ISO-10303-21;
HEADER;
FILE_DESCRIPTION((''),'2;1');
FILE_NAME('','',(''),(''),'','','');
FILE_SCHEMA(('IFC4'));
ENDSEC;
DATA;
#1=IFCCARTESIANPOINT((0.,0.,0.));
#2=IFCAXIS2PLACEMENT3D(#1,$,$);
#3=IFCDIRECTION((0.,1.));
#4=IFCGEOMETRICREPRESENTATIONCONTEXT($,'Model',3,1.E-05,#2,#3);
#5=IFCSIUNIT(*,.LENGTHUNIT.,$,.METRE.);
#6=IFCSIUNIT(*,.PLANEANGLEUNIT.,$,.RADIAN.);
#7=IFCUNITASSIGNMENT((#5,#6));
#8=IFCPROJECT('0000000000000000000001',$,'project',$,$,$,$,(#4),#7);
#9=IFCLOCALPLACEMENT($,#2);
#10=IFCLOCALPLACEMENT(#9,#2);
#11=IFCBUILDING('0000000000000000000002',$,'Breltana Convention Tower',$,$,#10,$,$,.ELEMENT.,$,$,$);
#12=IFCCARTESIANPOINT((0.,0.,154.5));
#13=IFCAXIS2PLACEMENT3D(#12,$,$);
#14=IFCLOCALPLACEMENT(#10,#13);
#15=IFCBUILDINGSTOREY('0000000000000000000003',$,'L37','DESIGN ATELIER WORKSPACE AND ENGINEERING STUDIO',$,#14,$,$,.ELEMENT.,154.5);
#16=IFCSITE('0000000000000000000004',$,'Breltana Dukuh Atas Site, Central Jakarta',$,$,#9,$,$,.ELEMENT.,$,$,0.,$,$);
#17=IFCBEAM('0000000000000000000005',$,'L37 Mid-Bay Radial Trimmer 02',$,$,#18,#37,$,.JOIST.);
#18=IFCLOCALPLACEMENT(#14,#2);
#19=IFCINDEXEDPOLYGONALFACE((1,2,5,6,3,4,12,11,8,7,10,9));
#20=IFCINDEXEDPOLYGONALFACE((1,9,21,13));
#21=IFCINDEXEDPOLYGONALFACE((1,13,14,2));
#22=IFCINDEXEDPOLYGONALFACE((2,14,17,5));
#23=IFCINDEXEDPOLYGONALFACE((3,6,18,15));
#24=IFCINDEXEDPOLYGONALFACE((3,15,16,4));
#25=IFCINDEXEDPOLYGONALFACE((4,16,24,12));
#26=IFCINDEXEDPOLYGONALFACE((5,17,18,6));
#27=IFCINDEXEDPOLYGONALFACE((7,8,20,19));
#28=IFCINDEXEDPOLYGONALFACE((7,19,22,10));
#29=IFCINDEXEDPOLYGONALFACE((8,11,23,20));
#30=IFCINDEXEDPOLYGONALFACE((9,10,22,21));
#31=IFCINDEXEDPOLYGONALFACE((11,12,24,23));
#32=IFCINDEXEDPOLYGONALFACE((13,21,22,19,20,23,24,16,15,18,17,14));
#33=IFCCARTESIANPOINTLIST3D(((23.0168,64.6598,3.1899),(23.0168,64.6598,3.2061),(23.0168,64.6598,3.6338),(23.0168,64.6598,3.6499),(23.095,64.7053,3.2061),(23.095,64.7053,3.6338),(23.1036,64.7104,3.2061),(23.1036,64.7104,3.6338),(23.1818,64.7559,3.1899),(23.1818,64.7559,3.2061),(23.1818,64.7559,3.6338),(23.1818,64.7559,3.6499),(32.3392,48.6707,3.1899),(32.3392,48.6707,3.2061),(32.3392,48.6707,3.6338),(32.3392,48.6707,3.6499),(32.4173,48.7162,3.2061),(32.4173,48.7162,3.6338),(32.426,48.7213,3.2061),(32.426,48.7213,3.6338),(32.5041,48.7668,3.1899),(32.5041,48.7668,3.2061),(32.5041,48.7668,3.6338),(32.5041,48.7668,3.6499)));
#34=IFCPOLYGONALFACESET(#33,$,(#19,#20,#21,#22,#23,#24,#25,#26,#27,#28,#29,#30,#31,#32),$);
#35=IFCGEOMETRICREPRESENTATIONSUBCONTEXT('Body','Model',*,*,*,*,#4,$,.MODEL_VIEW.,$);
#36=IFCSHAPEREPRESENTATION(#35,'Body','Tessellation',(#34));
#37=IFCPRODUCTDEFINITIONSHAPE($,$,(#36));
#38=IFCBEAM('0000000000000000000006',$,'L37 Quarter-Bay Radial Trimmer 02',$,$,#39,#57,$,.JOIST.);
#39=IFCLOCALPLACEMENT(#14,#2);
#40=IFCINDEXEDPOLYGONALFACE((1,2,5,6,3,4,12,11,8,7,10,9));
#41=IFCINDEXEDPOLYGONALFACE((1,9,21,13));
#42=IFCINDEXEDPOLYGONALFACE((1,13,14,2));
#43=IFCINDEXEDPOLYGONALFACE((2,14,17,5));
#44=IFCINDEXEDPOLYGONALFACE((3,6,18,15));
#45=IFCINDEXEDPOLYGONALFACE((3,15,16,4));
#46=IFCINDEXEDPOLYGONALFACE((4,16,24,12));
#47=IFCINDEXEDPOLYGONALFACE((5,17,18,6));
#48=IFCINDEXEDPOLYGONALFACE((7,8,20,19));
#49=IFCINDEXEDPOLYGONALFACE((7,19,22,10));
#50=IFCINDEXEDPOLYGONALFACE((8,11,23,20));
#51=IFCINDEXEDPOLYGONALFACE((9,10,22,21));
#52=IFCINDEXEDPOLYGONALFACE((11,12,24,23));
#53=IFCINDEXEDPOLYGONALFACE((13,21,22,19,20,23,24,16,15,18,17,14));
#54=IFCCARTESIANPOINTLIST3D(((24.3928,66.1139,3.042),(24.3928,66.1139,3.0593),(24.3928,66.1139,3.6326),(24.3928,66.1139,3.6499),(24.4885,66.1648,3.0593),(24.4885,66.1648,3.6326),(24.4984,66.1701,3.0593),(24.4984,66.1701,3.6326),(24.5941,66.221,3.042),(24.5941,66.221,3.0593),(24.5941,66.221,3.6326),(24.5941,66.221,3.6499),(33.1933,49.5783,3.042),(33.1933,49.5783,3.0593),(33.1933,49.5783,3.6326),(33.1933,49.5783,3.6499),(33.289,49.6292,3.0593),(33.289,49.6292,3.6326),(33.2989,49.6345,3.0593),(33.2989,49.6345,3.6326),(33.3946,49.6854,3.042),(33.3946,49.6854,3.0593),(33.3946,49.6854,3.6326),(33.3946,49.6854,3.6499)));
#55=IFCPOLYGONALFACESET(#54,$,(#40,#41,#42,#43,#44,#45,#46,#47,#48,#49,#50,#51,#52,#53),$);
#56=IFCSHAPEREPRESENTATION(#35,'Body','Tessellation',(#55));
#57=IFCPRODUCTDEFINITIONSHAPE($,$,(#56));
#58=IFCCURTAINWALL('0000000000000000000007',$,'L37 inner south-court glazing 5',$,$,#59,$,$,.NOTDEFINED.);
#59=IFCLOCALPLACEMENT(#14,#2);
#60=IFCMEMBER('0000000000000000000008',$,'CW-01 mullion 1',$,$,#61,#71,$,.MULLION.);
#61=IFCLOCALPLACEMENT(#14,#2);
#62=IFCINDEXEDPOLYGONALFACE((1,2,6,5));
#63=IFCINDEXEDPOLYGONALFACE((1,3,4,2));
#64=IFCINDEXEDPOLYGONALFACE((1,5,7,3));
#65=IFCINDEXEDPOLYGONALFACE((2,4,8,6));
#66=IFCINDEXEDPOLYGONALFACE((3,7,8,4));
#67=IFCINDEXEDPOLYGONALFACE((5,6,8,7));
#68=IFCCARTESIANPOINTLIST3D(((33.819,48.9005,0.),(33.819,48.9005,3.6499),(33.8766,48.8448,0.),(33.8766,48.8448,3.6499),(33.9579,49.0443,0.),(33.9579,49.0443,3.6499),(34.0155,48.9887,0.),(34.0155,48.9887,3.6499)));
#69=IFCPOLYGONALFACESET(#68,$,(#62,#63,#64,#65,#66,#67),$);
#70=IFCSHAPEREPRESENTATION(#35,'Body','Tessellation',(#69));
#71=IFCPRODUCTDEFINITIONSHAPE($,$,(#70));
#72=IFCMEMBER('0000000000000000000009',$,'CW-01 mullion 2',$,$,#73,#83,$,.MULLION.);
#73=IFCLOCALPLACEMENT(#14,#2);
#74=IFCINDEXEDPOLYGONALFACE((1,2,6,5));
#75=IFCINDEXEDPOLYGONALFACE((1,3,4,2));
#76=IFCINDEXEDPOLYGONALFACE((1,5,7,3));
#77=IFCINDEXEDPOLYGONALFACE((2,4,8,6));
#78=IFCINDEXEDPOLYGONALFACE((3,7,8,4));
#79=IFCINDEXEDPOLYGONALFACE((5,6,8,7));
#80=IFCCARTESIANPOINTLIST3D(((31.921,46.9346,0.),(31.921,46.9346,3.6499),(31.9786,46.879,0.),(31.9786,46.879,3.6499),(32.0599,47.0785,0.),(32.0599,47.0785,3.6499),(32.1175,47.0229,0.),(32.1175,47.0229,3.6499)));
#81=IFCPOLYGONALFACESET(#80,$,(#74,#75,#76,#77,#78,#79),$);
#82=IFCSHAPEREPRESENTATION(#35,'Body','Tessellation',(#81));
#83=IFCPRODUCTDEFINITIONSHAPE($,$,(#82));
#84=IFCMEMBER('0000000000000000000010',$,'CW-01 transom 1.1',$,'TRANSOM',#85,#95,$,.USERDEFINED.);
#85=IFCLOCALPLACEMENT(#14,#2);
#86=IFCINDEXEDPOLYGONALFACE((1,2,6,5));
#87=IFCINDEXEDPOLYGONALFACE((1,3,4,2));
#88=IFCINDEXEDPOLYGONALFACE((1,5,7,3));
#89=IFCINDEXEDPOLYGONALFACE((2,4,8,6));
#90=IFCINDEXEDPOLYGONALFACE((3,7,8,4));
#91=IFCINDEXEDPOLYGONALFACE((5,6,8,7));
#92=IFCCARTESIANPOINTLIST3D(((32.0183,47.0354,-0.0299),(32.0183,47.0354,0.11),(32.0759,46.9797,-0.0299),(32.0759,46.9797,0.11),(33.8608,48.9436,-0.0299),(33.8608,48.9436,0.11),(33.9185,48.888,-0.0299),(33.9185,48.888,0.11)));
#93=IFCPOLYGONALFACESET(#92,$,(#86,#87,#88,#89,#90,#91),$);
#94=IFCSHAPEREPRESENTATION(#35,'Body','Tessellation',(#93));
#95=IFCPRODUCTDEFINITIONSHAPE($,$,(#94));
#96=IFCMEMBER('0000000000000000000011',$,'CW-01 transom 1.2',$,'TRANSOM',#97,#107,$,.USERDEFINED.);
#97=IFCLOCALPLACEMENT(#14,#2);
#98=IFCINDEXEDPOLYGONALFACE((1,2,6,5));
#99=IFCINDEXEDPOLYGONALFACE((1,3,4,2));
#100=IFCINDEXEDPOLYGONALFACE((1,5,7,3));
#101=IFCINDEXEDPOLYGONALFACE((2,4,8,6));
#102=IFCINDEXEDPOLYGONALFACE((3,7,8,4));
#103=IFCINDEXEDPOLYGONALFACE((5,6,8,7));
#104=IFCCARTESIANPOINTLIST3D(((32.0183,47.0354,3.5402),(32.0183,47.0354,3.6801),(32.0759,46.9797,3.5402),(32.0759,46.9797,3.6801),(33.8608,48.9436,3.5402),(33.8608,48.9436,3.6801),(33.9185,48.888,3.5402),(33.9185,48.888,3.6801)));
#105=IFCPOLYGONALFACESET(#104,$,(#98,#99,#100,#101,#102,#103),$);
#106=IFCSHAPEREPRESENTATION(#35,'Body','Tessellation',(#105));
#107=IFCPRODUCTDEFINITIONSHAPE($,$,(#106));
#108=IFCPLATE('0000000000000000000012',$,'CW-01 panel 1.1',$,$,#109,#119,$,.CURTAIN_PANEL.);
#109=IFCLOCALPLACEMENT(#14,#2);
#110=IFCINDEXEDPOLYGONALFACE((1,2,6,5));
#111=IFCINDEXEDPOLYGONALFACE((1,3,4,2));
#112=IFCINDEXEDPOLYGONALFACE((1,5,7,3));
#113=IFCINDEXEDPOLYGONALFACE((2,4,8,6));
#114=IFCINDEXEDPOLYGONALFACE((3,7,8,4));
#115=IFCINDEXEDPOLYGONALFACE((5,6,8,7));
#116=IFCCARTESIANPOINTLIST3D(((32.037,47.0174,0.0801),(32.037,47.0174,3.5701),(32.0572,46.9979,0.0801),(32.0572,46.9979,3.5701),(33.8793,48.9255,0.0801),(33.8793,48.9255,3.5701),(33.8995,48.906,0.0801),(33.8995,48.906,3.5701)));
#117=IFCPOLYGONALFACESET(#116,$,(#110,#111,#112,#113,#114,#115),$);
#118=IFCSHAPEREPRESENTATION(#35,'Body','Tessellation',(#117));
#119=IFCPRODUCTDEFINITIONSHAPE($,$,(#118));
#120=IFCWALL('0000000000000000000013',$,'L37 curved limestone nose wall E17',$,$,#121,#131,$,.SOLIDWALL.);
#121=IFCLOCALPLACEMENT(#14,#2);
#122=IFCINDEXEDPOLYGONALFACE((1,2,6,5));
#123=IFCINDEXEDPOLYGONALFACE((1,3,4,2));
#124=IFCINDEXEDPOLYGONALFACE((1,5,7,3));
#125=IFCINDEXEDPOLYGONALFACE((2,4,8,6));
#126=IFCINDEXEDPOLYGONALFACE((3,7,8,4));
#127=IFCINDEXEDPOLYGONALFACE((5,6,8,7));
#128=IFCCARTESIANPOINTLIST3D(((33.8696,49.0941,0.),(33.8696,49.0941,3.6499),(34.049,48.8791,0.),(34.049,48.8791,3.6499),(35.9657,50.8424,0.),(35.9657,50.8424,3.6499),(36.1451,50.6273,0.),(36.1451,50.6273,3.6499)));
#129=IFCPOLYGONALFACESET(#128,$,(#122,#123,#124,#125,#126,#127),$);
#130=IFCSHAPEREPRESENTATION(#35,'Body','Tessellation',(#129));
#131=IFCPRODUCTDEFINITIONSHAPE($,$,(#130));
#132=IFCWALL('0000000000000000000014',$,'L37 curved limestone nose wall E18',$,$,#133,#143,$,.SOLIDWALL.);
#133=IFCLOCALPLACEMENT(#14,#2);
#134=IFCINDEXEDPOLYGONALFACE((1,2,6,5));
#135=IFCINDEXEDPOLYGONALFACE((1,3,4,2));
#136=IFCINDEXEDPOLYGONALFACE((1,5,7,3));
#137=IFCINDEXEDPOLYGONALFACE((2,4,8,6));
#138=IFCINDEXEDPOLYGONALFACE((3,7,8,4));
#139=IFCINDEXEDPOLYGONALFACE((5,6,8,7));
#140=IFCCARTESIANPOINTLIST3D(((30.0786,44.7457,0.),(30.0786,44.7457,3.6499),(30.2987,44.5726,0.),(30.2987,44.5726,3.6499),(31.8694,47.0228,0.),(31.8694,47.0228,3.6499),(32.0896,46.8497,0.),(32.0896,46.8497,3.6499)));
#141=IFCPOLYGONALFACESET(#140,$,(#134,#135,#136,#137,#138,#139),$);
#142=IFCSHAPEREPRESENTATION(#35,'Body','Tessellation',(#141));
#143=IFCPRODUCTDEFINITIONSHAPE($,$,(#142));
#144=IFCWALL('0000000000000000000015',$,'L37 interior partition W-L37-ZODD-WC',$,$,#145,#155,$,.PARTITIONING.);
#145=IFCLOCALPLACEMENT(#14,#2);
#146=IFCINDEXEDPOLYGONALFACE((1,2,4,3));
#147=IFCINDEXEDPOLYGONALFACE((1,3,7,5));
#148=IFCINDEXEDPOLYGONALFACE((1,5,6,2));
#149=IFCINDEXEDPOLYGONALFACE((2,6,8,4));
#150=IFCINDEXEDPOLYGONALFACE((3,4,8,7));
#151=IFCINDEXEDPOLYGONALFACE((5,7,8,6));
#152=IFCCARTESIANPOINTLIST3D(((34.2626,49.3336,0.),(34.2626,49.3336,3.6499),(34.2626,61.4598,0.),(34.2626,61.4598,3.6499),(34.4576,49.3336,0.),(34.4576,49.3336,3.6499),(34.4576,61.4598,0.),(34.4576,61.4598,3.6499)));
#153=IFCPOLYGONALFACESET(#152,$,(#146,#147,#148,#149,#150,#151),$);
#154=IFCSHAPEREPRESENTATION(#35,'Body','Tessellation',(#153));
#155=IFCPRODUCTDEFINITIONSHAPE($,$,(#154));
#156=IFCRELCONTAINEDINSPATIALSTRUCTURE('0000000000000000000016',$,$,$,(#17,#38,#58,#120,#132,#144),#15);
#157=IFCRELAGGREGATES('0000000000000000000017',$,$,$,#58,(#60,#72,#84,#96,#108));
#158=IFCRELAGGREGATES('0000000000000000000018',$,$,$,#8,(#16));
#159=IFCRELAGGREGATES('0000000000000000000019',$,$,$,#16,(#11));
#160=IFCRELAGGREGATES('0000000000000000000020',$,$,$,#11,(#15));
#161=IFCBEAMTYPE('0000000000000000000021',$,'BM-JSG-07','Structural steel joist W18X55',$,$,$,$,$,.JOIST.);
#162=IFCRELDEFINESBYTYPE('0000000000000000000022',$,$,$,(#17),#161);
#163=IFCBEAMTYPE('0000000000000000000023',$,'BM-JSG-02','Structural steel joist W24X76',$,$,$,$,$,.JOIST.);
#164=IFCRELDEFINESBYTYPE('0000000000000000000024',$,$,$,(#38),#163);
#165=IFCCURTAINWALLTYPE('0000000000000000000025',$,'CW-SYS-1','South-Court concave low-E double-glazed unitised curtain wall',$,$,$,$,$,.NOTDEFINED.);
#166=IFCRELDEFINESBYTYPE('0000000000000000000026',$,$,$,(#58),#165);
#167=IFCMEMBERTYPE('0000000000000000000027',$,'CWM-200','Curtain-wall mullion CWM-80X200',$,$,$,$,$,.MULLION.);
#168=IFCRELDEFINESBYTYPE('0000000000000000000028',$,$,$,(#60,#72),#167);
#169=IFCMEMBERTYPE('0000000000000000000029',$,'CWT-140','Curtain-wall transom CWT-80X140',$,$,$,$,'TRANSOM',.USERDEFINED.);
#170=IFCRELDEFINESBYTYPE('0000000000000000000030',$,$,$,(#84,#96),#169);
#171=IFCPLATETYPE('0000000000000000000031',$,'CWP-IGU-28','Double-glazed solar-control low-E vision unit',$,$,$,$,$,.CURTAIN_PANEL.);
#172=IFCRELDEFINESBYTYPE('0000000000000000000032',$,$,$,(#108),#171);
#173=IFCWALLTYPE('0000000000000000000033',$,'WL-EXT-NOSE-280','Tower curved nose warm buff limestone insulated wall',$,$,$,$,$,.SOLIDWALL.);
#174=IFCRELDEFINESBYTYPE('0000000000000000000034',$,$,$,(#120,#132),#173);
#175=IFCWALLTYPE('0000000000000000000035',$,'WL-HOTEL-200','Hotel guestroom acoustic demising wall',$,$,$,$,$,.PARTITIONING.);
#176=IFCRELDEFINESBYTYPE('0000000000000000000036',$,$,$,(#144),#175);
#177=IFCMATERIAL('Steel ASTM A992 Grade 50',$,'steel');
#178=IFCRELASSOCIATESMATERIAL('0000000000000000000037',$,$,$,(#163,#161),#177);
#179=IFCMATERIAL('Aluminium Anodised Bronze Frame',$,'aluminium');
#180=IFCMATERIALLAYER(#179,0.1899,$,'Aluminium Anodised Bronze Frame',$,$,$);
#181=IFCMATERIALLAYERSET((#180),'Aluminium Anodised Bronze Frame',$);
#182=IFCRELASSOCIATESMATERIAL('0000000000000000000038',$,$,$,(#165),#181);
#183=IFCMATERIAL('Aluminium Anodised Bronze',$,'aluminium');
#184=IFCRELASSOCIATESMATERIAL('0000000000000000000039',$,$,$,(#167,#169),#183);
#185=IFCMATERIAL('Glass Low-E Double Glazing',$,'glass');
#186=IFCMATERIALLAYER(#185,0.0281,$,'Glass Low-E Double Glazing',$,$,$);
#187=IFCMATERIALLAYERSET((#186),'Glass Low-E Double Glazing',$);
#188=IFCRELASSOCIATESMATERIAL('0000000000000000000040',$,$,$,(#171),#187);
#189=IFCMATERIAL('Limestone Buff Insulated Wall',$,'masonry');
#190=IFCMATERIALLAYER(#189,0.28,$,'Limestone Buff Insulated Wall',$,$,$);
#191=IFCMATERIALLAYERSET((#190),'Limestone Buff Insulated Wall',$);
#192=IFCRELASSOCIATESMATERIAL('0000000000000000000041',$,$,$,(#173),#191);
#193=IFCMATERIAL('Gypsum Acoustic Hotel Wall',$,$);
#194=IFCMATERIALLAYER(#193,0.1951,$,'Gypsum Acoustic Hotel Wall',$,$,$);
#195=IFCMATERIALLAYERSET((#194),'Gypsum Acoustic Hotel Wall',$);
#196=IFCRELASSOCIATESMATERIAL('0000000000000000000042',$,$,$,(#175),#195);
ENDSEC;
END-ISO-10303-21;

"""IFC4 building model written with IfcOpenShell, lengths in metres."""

from ifc_helpers import new_model, si_unit, direction, frame, frame_2d, origin, origin_2d, place, context, subcontext, project, spatial, rectangle, i_section, extrude, source, transform, mapped, material, layer, layer_set, material_profile, profile_set, type_object, element, aggregate, save


model = new_model("IFC4")

# Units and contexts
model_context = context("Model", 3, precision=1e-05, world=origin(), true_north=direction((0.0, 1.0)))
body_context = subcontext(model_context, "Body", "Model", "MODEL_VIEW")
ifc_project = project(units=[si_unit("LENGTHUNIT", "METRE"), si_unit("PLANEANGLEUNIT", "RADIAN")], contexts=[model_context])

# Site, building, storey
site_placement = place(None, origin())
site = spatial("IfcSite", under=ifc_project, at=site_placement, Name="Breltana Dukuh Atas Site, Central Jakarta", CompositionType="ELEMENT", RefElevation=0.0)
building_placement = place(site_placement, origin())
building = spatial("IfcBuilding", under=site, at=building_placement, Name="Breltana Convention Tower", CompositionType="ELEMENT")
storey_placement = place(building_placement, frame((0.0, 0.0, 154.5)))
storey = spatial("IfcBuildingStorey", under=building, at=storey_placement, Name="L37", Description="DESIGN ATELIER WORKSPACE AND ENGINEERING STUDIO", CompositionType="ELEMENT", Elevation=154.5)

# Beams
ifc_material_1 = material(Name="Steel ASTM A992 Grade 50", Category="steel")
ifc_material_profile_1 = material_profile(ifc_material_1, i_section(OverallWidth=0.228, OverallDepth=0.6079, WebThickness=0.0112, FlangeThickness=0.0173, at=origin_2d()), Name="W24X76")
ifc_profile_set_1 = profile_set([ifc_material_profile_1], Name="Steel ASTM A992 Grade 50")
beam_type_1 = type_object("IfcBeamType", Name="BM-JSG-02", Description="Structural steel joist W24X76", PredefinedType="JOIST", material=ifc_profile_set_1)
ifc_material_profile_2 = material_profile(ifc_material_1, i_section(OverallWidth=0.1909, OverallDepth=0.46, WebThickness=0.01, FlangeThickness=0.0161, at=origin_2d()), Name="W18X55")
ifc_profile_set_2 = profile_set([ifc_material_profile_2], Name="Steel ASTM A992 Grade 50")
beam_type_2 = type_object("IfcBeamType", Name="BM-JSG-07", Description="Structural steel joist W18X55", PredefinedType="JOIST", material=ifc_profile_set_2)
shared_shape_1 = source(origin(), body_context, "Body", "SweptSolid", [
    extrude(i_section(OverallWidth=0.1909, OverallDepth=0.46, WebThickness=0.01, FlangeThickness=0.0161, at=origin_2d()), origin(), (0.0, 0.0, 1.0), 18.5083),
])
beam_1_placement = place(storey_placement, frame((32.4216, 48.7188, 3.4199), z_axis=(-0.503683, 0.863888, 0.0), x_axis=(-0.863888, -0.503683, 0.0)))
element("IfcBeam", 1, at=beam_1_placement, inside=storey, type_object=beam_type_2, Name="L37 Mid-Bay Radial Trimmer 02", PredefinedType="JOIST", context=body_context, shape_type="MappedRepresentation", body=[
    mapped(shared_shape_1, transform((0.0, 0.0, 0.0), scale=1.0)),
])
shared_shape_2 = source(origin(), body_context, "Body", "SweptSolid", [
    extrude(i_section(OverallWidth=0.228, OverallDepth=0.6079, WebThickness=0.0112, FlangeThickness=0.0173, at=origin_2d()), origin(), (0.0, 0.0, 1.0), 18.7317),
])
beam_2_placement = place(storey_placement, frame((33.2939, 49.6318, 3.3459), z_axis=(-0.46982, 0.882762, 0.0), x_axis=(-0.882762, -0.46982, 0.0)))
element("IfcBeam", 2, at=beam_2_placement, inside=storey, type_object=beam_type_1, Name="L37 Quarter-Bay Radial Trimmer 02", PredefinedType="JOIST", context=body_context, shape_type="MappedRepresentation", body=[
    mapped(shared_shape_2, transform((0.0, 0.0, 0.0), scale=1.0)),
])

# Curtain wall, members, plate
ifc_material_2 = material(Name="Aluminium Anodised Bronze Frame", Category="aluminium")
ifc_layer_1 = layer(ifc_material_2, 0.1899, Name="Aluminium Anodised Bronze Frame")
ifc_layer_set_1 = layer_set([ifc_layer_1], Name="Aluminium Anodised Bronze Frame")
curtain_wall_type = type_object("IfcCurtainWallType", Name="CW-SYS-1", Description="South-Court concave low-E double-glazed unitised curtain wall", PredefinedType="NOTDEFINED", material=ifc_layer_set_1)
curtain_wall_placement = place(storey_placement, origin())
curtain_wall = element("IfcCurtainWall", 3, at=curtain_wall_placement, inside=storey, type_object=curtain_wall_type, Name="L37 inner south-court glazing 5", PredefinedType="NOTDEFINED")
ifc_material_3 = material(Name="Aluminium Anodised Bronze", Category="aluminium")
ifc_material_profile_3 = material_profile(ifc_material_3, rectangle(XDim=0.0801, YDim=0.2, at=origin_2d()), Name="CWM-80X200")
ifc_profile_set_3 = profile_set([ifc_material_profile_3], Name="Aluminium Anodised Bronze")
member_type_1 = type_object("IfcMemberType", Name="CWM-200", Description="Curtain-wall mullion CWM-80X200", PredefinedType="MULLION", material=ifc_profile_set_3)
shared_shape_3 = source(origin(), body_context, "Body", "SweptSolid", [
    extrude(rectangle(XDim=0.0801, YDim=0.2, at=origin_2d()), origin(), (0.0, 0.0, 1.0), 3.6499),
])
member_1_placement = place(storey_placement, frame((33.9172, 48.9446, 0.0), z_axis=(0.0, 0.0, 1.0), x_axis=(0.71939, -0.694607, 0.0)))
member_1 = element("IfcMember", 4, at=member_1_placement, type_object=member_type_1, Name="CW-01 mullion 1", PredefinedType="MULLION", context=body_context, shape_type="MappedRepresentation", body=[
    mapped(shared_shape_3, transform((0.0, 0.0, 0.0), scale=1.0)),
])
member_2_placement = place(storey_placement, frame((32.0193, 46.9788, 0.0), z_axis=(0.0, 0.0, 1.0), x_axis=(0.71939, -0.694607, 0.0)))
member_2 = element("IfcMember", 5, at=member_2_placement, type_object=member_type_1, Name="CW-01 mullion 2", PredefinedType="MULLION", context=body_context, shape_type="MappedRepresentation", body=[
    mapped(shared_shape_3, transform((0.0, 0.0, 0.0), scale=1.0)),
])
ifc_material_profile_4 = material_profile(ifc_material_3, rectangle(XDim=0.0801, YDim=0.1399, at=origin_2d()), Name="CWT-80X140")
ifc_profile_set_4 = profile_set([ifc_material_profile_4], Name="Aluminium Anodised Bronze")
member_type_2 = type_object("IfcMemberType", Name="CWT-140", Description="Curtain-wall transom CWT-80X140", ElementType="TRANSOM", PredefinedType="USERDEFINED", material=ifc_profile_set_4)
shared_shape_4 = source(origin(), body_context, "Body", "SweptSolid", [
    extrude(rectangle(XDim=0.0801, YDim=0.1399, at=origin_2d()), origin(), (0.0, 0.0, 1.0), 2.6526),
])
member_3_placement = place(storey_placement, frame((33.8896, 48.9158, 0.04), z_axis=(-0.694619, -0.719378, 0.0), x_axis=(0.719378, -0.694619, 0.0)))
member_3 = element("IfcMember", 6, at=member_3_placement, type_object=member_type_2, Name="CW-01 transom 1.1", ObjectType="TRANSOM", PredefinedType="USERDEFINED", context=body_context, shape_type="MappedRepresentation", body=[
    mapped(shared_shape_4, transform((0.0, 0.0, 0.0), scale=1.0)),
])
member_4_placement = place(storey_placement, frame((33.8896, 48.9158, 3.6101), z_axis=(-0.694619, -0.719378, 0.0), x_axis=(0.719378, -0.694619, 0.0)))
member_4 = element("IfcMember", 7, at=member_4_placement, type_object=member_type_2, Name="CW-01 transom 1.2", ObjectType="TRANSOM", PredefinedType="USERDEFINED", context=body_context, shape_type="MappedRepresentation", body=[
    mapped(shared_shape_4, transform((0.0, 0.0, 0.0), scale=1.0)),
])
ifc_material_4 = material(Name="Glass Low-E Double Glazing", Category="glass")
ifc_layer_2 = layer(ifc_material_4, 0.0281, Name="Glass Low-E Double Glazing")
ifc_layer_set_2 = layer_set([ifc_layer_2], Name="Glass Low-E Double Glazing")
plate_type = type_object("IfcPlateType", Name="CWP-IGU-28", Description="Double-glazed solar-control low-E vision unit", PredefinedType="CURTAIN_PANEL", material=ifc_layer_set_2)
shared_shape_5 = source(origin(), body_context, "Body", "SweptSolid", [
    extrude(rectangle(XDim=2.6523, YDim=0.0281, at=origin_2d()), origin(), (0.0, 0.0, 1.0), 3.49),
])
plate_placement = place(storey_placement, frame((32.9683, 47.9617, 0.0801), z_axis=(0.0, 0.0, 1.0), x_axis=(-0.694607, -0.71939, 0.0)))
plate = element("IfcPlate", 8, at=plate_placement, type_object=plate_type, Name="CW-01 panel 1.1", PredefinedType="CURTAIN_PANEL", context=body_context, shape_type="MappedRepresentation", body=[
    mapped(shared_shape_5, transform((0.0, 0.0, 0.0), scale=1.0)),
])
aggregate(curtain_wall, [member_1, member_2, member_3, member_4, plate])

# Walls
ifc_material_5 = material(Name="Limestone Buff Insulated Wall", Category="masonry")
ifc_layer_3 = layer(ifc_material_5, 0.28, Name="Limestone Buff Insulated Wall")
ifc_layer_set_3 = layer_set([ifc_layer_3], Name="Limestone Buff Insulated Wall")
wall_type_1 = type_object("IfcWallType", Name="WL-EXT-NOSE-280", Description="Tower curved nose warm buff limestone insulated wall", PredefinedType="SOLIDWALL", material=ifc_layer_set_3)
shared_shape_6 = source(origin(), body_context, "Body", "SweptSolid", [
    extrude(rectangle(XDim=2.7295, YDim=0.28, at=frame_2d((1.3647, 0.0))), origin(), (0.0, 0.0, 1.0), 3.6499),
])
wall_1_placement = place(storey_placement, frame((36.0554, 50.7349, 0.0), z_axis=(0.0, 0.0, 1.0), x_axis=(-0.767957, -0.640501, 0.0)))
element("IfcWall", 9, at=wall_1_placement, inside=storey, type_object=wall_type_1, Name="L37 curved limestone nose wall E17", PredefinedType="SOLIDWALL", context=body_context, shape_type="MappedRepresentation", body=[
    mapped(shared_shape_6, transform((0.0, 0.0, 0.0), scale=1.0)),
])
shared_shape_7 = source(origin(), body_context, "Body", "SweptSolid", [
    extrude(rectangle(XDim=2.897, YDim=0.28, at=frame_2d((1.4485, 0.0))), origin(), (0.0, 0.0, 1.0), 3.6499),
])
wall_2_placement = place(storey_placement, frame((31.9795, 46.9363, 0.0), z_axis=(0.0, 0.0, 1.0), x_axis=(-0.618168, -0.786046, 0.0)))
element("IfcWall", 10, at=wall_2_placement, inside=storey, type_object=wall_type_1, Name="L37 curved limestone nose wall E18", PredefinedType="SOLIDWALL", context=body_context, shape_type="MappedRepresentation", body=[
    mapped(shared_shape_7, transform((0.0, 0.0, 0.0), scale=1.0)),
])
ifc_material_6 = material(Name="Gypsum Acoustic Hotel Wall")
ifc_layer_4 = layer(ifc_material_6, 0.1951, Name="Gypsum Acoustic Hotel Wall")
ifc_layer_set_4 = layer_set([ifc_layer_4], Name="Gypsum Acoustic Hotel Wall")
wall_type_2 = type_object("IfcWallType", Name="WL-HOTEL-200", Description="Hotel guestroom acoustic demising wall", PredefinedType="PARTITIONING", material=ifc_layer_set_4)
shared_shape_8 = source(origin(), body_context, "Body", "SweptSolid", [
    extrude(rectangle(XDim=12.1262, YDim=0.1951, at=frame_2d((6.063, 0.0))), origin(), (0.0, 0.0, 1.0), 3.6499),
])
wall_3_placement = place(storey_placement, frame((34.3601, 49.3337, 0.0), z_axis=(0.0, 0.0, 1.0), x_axis=(0.0, 1.0, 0.0)))
element("IfcWall", 11, at=wall_3_placement, inside=storey, type_object=wall_type_2, Name="L37 interior partition W-L37-ZODD-WC", PredefinedType="PARTITIONING", context=body_context, shape_type="MappedRepresentation", body=[
    mapped(shared_shape_8, transform((0.0, 0.0, 0.0), scale=1.0)),
])

save(model, "model.ifc")
